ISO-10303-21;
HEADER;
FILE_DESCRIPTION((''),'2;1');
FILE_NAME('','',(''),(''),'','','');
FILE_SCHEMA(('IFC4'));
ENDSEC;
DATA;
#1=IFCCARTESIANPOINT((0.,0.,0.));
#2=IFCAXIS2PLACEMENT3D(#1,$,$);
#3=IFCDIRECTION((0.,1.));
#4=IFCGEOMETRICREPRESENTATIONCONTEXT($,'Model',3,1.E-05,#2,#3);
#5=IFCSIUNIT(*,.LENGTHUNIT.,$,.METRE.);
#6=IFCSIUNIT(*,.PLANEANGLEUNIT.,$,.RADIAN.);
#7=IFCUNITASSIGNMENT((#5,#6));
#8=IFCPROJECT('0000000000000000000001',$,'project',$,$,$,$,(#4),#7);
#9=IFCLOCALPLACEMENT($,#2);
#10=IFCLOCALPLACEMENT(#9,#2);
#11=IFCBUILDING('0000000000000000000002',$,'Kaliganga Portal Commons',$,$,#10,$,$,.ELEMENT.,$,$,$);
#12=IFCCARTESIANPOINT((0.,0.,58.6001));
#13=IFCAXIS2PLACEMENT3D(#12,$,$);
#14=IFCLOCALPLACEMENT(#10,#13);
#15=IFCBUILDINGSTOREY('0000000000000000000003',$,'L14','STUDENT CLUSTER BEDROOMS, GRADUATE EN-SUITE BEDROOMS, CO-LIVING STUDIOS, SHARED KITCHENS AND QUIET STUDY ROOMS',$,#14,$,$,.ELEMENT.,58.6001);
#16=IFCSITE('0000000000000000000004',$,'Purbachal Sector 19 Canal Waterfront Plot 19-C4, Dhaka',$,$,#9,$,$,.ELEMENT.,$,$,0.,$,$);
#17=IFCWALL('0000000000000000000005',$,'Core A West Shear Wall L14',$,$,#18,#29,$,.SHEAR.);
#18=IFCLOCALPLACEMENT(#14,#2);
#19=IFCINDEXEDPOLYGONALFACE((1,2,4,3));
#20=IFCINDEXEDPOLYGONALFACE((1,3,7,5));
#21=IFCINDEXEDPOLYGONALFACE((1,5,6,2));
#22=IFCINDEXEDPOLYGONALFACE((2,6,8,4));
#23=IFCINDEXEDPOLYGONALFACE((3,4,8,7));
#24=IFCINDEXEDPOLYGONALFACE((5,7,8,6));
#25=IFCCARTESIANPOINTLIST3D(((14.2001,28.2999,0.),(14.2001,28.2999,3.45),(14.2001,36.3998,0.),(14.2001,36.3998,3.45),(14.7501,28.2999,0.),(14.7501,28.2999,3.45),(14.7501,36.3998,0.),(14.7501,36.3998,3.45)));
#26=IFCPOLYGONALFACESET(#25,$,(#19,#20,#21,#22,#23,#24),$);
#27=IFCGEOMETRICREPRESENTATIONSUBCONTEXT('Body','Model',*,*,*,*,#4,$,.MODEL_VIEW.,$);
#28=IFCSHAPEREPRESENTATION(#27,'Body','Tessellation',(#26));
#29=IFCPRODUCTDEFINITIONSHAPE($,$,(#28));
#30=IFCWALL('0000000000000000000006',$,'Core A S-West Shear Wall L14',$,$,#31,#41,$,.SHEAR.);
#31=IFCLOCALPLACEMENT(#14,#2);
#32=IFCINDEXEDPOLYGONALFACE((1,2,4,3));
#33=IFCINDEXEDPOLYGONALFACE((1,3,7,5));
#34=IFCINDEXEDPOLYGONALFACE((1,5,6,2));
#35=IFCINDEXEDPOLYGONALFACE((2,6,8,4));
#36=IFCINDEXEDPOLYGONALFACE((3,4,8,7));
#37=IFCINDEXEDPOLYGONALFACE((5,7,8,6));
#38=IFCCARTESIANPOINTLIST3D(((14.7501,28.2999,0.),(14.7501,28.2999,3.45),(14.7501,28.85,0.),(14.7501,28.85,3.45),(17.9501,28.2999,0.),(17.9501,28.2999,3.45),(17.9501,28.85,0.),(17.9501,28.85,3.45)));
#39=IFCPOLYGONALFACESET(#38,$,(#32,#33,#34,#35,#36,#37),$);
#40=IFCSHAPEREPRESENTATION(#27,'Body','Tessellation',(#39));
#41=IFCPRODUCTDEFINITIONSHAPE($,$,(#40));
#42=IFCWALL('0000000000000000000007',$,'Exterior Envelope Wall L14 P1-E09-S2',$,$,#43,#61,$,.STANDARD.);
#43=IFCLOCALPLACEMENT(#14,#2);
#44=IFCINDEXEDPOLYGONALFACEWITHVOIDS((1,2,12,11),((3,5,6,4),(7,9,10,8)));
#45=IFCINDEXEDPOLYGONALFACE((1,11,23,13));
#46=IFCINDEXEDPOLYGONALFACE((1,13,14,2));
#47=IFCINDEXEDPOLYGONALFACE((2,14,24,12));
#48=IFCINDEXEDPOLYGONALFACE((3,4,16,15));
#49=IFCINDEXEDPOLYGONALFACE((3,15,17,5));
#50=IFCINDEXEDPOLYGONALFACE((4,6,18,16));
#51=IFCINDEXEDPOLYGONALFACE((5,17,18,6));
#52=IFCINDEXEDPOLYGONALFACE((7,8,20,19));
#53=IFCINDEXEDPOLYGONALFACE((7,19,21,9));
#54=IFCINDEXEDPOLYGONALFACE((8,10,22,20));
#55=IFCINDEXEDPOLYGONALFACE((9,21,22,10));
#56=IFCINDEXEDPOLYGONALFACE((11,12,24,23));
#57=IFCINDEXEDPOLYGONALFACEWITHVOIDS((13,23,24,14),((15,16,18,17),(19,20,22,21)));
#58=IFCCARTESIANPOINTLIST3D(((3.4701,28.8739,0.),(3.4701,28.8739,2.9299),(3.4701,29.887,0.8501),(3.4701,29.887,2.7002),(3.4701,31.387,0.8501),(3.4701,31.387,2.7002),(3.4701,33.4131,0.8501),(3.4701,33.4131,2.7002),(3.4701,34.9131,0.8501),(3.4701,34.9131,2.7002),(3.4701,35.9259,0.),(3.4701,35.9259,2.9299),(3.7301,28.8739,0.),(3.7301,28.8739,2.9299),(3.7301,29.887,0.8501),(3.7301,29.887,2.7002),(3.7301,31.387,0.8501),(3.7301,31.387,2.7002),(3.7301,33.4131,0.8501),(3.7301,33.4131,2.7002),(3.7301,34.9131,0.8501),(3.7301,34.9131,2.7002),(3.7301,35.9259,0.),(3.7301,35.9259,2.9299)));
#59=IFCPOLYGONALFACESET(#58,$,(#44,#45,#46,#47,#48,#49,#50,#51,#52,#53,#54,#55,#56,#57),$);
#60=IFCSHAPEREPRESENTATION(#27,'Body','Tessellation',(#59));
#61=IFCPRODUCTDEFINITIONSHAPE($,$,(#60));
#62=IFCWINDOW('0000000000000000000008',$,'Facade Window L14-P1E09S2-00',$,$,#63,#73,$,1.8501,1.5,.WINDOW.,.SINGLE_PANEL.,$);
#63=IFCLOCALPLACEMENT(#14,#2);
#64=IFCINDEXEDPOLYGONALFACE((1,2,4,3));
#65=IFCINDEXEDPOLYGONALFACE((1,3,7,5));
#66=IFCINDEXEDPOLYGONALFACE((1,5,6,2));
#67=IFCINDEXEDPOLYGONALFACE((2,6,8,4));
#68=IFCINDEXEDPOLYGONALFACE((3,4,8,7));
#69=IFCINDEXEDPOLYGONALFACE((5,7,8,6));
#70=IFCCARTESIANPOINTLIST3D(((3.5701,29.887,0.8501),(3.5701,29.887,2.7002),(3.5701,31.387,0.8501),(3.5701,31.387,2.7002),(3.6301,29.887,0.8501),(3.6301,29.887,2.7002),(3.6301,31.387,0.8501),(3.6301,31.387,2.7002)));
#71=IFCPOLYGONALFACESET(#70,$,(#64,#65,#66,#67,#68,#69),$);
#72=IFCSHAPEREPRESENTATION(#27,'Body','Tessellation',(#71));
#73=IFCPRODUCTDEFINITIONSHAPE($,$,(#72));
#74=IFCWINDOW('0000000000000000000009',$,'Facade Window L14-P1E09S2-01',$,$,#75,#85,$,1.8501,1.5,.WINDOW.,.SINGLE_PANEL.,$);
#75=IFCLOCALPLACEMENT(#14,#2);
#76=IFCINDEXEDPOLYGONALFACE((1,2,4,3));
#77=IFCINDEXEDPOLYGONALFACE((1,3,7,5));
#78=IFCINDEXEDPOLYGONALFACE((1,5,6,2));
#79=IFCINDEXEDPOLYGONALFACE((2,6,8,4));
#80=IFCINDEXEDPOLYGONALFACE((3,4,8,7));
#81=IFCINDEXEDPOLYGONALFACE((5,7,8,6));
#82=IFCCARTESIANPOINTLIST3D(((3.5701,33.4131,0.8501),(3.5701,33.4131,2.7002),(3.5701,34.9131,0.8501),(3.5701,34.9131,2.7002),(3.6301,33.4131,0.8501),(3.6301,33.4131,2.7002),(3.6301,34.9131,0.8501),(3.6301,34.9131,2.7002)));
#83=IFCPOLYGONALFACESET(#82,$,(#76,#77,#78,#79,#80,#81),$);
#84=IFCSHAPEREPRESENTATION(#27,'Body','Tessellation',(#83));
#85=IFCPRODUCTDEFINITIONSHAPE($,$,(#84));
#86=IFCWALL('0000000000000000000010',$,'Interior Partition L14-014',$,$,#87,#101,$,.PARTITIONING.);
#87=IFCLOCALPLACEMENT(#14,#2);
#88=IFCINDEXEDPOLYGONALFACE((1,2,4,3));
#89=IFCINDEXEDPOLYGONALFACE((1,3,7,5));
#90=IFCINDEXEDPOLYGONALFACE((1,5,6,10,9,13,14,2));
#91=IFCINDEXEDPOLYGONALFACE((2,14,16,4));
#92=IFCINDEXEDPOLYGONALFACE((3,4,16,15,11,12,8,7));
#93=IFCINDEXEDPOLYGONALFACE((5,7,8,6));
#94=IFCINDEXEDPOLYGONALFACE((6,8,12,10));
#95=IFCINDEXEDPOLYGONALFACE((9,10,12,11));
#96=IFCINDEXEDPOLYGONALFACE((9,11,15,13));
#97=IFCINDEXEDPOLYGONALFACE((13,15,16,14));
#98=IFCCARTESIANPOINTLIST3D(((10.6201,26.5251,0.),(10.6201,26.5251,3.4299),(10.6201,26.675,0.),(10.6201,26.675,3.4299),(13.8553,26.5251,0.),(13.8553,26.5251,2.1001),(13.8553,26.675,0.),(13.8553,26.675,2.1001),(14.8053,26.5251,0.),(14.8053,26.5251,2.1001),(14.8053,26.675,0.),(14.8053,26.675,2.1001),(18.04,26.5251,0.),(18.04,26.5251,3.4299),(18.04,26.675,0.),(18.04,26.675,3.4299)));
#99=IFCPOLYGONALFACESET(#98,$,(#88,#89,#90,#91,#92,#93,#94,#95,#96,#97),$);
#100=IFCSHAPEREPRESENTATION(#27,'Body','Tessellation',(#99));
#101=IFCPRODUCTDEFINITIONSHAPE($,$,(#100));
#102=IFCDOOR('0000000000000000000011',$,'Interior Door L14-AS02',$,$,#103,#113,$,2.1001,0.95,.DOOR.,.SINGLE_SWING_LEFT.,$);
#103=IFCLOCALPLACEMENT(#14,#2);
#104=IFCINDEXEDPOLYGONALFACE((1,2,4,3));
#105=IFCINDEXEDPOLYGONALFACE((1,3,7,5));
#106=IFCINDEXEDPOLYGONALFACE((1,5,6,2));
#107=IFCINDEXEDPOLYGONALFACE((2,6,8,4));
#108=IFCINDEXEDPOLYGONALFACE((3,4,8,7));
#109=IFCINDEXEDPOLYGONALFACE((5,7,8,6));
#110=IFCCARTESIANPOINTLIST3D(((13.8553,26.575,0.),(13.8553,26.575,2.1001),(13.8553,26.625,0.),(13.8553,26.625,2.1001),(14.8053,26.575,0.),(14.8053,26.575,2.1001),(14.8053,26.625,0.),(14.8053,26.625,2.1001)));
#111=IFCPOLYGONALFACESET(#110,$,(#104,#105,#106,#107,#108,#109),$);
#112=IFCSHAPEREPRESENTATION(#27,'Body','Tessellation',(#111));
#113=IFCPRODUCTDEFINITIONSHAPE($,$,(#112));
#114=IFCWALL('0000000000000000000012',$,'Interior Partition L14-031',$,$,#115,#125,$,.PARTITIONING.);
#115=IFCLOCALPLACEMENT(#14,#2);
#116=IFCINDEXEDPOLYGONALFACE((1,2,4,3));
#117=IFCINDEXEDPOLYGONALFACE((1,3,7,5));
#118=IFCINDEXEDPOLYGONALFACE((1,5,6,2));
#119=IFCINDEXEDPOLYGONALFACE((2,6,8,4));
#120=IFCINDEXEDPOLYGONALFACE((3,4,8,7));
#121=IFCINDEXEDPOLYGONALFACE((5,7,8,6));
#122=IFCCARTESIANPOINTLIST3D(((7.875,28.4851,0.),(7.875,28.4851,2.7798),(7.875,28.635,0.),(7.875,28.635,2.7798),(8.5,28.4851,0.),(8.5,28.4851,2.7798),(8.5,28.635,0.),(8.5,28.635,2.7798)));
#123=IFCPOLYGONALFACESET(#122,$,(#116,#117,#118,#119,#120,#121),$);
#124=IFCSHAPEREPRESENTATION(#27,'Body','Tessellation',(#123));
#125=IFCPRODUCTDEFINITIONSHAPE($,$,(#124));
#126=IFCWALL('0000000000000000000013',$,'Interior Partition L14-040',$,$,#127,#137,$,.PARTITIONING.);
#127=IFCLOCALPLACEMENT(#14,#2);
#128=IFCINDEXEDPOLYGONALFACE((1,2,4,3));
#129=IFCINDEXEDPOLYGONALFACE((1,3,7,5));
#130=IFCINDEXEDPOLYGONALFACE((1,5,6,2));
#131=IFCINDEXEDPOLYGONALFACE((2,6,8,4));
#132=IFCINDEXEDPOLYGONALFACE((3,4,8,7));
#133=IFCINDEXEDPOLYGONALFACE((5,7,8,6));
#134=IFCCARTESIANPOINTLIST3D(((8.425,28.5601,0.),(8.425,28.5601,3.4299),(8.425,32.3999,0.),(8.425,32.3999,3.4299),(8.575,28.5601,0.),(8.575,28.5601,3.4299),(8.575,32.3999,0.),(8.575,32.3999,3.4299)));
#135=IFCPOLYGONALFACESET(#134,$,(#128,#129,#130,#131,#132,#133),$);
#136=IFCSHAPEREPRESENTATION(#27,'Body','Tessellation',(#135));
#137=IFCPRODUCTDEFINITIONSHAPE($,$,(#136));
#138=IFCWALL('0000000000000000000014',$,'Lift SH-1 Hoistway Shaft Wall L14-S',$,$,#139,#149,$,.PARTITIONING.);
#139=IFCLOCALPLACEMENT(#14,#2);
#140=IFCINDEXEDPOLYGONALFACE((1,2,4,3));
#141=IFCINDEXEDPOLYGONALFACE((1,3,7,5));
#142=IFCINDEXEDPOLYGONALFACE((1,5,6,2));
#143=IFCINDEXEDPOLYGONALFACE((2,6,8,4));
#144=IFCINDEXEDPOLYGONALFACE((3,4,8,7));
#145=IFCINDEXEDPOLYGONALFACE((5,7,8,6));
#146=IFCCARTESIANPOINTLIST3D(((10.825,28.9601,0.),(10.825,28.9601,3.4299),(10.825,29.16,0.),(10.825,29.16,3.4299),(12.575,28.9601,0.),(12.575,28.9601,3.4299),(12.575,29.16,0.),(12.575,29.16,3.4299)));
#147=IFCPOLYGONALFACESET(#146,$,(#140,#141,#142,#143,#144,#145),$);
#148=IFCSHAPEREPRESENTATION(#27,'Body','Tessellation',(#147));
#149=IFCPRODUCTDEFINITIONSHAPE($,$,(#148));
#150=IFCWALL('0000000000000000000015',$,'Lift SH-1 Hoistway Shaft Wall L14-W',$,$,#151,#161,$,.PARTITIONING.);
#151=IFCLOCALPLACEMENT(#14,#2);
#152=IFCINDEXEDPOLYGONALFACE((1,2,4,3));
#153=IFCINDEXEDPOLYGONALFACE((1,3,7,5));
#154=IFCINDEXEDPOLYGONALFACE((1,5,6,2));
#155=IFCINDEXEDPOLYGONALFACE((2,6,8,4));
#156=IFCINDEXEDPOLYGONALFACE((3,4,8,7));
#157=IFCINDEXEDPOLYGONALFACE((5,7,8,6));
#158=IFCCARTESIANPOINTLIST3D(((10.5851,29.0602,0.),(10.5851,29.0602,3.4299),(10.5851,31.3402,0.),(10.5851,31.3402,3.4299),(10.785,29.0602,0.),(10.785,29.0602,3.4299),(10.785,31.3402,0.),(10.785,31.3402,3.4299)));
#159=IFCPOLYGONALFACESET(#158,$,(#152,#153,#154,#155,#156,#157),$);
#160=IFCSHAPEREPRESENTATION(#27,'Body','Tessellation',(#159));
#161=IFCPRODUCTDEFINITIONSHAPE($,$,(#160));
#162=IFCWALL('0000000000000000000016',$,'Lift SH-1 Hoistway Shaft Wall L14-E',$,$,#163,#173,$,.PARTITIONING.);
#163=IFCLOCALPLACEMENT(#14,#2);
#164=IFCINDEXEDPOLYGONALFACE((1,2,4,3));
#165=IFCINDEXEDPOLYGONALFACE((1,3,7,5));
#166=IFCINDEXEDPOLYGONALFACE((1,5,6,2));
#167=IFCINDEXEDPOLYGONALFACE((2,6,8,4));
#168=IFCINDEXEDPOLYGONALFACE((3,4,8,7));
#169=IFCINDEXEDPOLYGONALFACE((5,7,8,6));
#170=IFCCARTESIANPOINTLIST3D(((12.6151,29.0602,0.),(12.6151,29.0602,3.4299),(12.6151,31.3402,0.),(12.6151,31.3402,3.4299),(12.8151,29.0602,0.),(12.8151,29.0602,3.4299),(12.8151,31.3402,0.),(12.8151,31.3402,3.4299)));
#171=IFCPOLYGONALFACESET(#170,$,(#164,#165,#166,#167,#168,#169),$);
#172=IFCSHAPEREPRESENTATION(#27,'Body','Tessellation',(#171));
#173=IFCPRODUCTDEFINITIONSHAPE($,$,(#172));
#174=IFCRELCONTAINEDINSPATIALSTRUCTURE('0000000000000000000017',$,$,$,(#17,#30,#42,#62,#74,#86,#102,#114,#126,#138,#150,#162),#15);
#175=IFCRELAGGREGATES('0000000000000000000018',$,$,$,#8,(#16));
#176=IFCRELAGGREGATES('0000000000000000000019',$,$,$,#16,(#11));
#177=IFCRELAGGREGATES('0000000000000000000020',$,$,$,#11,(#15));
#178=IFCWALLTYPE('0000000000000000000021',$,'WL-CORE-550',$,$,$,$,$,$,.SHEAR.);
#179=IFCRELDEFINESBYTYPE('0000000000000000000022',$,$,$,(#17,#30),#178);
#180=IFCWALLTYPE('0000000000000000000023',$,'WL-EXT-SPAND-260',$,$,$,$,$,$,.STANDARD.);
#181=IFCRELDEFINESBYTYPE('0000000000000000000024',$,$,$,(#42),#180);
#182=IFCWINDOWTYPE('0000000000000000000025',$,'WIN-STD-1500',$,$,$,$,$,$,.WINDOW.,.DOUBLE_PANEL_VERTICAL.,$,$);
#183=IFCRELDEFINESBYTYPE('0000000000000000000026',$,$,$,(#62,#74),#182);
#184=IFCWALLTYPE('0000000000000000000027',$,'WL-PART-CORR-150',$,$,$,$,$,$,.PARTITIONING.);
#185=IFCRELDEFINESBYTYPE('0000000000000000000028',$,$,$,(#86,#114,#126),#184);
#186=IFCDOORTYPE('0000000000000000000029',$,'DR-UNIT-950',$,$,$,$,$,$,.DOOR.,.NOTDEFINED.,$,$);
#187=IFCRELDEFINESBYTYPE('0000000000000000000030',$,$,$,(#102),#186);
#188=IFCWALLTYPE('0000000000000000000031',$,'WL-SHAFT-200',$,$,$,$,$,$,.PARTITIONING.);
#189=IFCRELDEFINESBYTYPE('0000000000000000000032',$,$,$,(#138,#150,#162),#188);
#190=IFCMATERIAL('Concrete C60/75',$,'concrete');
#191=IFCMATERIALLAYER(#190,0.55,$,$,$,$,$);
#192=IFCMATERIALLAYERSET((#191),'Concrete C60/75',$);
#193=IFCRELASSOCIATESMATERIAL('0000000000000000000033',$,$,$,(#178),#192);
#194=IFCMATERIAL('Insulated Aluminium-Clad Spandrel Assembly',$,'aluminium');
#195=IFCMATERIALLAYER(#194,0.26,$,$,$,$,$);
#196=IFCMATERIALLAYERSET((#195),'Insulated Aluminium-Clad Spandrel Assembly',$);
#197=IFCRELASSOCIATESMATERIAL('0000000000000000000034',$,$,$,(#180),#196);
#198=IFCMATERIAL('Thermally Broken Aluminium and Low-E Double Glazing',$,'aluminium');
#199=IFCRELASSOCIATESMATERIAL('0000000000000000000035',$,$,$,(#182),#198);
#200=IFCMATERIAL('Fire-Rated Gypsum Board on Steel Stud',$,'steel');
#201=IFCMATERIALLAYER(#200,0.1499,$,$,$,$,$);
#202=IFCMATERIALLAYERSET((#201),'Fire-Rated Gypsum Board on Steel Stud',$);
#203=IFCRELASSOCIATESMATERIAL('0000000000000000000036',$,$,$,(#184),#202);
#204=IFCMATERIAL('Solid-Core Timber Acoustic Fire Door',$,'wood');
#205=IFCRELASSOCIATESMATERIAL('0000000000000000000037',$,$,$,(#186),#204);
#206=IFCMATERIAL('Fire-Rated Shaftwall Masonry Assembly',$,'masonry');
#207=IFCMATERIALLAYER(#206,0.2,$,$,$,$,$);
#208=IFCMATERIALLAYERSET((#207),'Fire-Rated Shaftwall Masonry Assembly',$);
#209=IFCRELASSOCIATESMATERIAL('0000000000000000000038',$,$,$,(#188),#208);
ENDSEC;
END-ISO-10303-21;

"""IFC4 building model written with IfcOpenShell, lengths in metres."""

from ifc_helpers import new_model, si_unit, direction, frame, frame_2d, origin, place, context, subcontext, project, spatial, rectangle, extrude, material, layer, layer_set, type_object, element, fill, save


model = new_model("IFC4")

# Units and contexts
model_context = context("Model", 3, precision=1e-05, world=origin(), true_north=direction((0.0, 1.0)))
body_context = subcontext(model_context, "Body", "Model", "MODEL_VIEW")
ifc_project = project(units=[si_unit("LENGTHUNIT", "METRE"), si_unit("PLANEANGLEUNIT", "RADIAN")], contexts=[model_context])

# Site, building, storey
site_placement = place(None, origin())
site = spatial("IfcSite", under=ifc_project, at=site_placement, Name="Purbachal Sector 19 Canal Waterfront Plot 19-C4, Dhaka", CompositionType="ELEMENT", RefElevation=0.0)
building_placement = place(site_placement, origin())
building = spatial("IfcBuilding", under=site, at=building_placement, Name="Kaliganga Portal Commons", CompositionType="ELEMENT")
storey_placement = place(building_placement, frame((0.0, 0.0, 58.6001)))
storey = spatial("IfcBuildingStorey", under=building, at=storey_placement, Name="L14", Description="STUDENT CLUSTER BEDROOMS, GRADUATE EN-SUITE BEDROOMS, CO-LIVING STUDIOS, SHARED KITCHENS AND QUIET STUDY ROOMS", CompositionType="ELEMENT", Elevation=58.6001)

# Shared definitions
ifc_material_1 = material(Name="Concrete C60/75", Category="concrete")

# Walls
ifc_layer_1 = layer(ifc_material_1, 0.55)
ifc_layer_set_1 = layer_set([ifc_layer_1], Name="Concrete C60/75")
wall_type_1 = type_object("IfcWallType", Name="WL-CORE-550", PredefinedType="SHEAR", material=ifc_layer_set_1)
wall_1_placement = place(storey_placement, frame((14.4751, 28.3, 0.0), z_axis=(0.0, 0.0, 1.0), x_axis=(0.0, 1.0, 0.0)))
element("IfcWall", 1, at=wall_1_placement, inside=storey, type_object=wall_type_1, Name="Core A West Shear Wall L14", PredefinedType="SHEAR", context=body_context, shape_type="SweptSolid", body=[
    extrude(rectangle(XDim=8.0999, YDim=0.55, at=frame_2d((4.0498, 0.0))), origin(), (0.0, 0.0, 1.0), 3.45),
])
wall_2_placement = place(storey_placement, frame((14.75, 28.575, 0.0), z_axis=(0.0, 0.0, 1.0), x_axis=(1.0, 0.0, 0.0)))
element("IfcWall", 2, at=wall_2_placement, inside=storey, type_object=wall_type_1, Name="Core A S-West Shear Wall L14", PredefinedType="SHEAR", context=body_context, shape_type="SweptSolid", body=[
    extrude(rectangle(XDim=3.2, YDim=0.55, at=frame_2d((1.6001, 0.0))), origin(), (0.0, 0.0, 1.0), 3.45),
])

# Wall, openings, windows
ifc_material_2 = material(Name="Insulated Aluminium-Clad Spandrel Assembly", Category="aluminium")
ifc_layer_2 = layer(ifc_material_2, 0.26)
ifc_layer_set_2 = layer_set([ifc_layer_2], Name="Insulated Aluminium-Clad Spandrel Assembly")
wall_type_2 = type_object("IfcWallType", Name="WL-EXT-SPAND-260", PredefinedType="STANDARD", material=ifc_layer_set_2)
wall_3_placement = place(storey_placement, frame((3.6001, 28.874, 0.0), z_axis=(0.0, 0.0, 1.0), x_axis=(0.0, 1.0, 0.0)))
wall_3 = element("IfcWall", 3, at=wall_3_placement, inside=storey, type_object=wall_type_2, Name="Exterior Envelope Wall L14 P1-E09-S2", PredefinedType="STANDARD", context=body_context, shape_type="SweptSolid", body=[
    extrude(rectangle(XDim=7.052, YDim=0.26, at=frame_2d((3.5259, 0.0))), origin(), (0.0, 0.0, 1.0), 2.9299),
])
opening_1_placement = place(wall_3_placement, frame((1.0129, 0.0, 0.8501)))
opening_1 = element("IfcOpeningElement", 4, at=opening_1_placement, cuts=wall_3, PredefinedType="OPENING", context=body_context, shape_type="SweptSolid", body=[
    extrude(rectangle(XDim=1.5, YDim=1.8501, at=frame_2d((0.75, 0.925))), frame((0.0, 0.1401, 0.0), z_axis=(0.0, -1.0, 0.0), x_axis=(1.0, 0.0, 0.0)), (0.0, 0.0, 1.0), 0.28),
])
opening_2_placement = place(wall_3_placement, frame((4.5391, 0.0, 0.8501)))
opening_2 = element("IfcOpeningElement", 5, at=opening_2_placement, cuts=wall_3, PredefinedType="OPENING", context=body_context, shape_type="SweptSolid", body=[
    extrude(rectangle(XDim=1.5, YDim=1.8501, at=frame_2d((0.75, 0.925))), frame((0.0, 0.1401, 0.0), z_axis=(0.0, -1.0, 0.0), x_axis=(1.0, 0.0, 0.0)), (0.0, 0.0, 1.0), 0.28),
])
ifc_material_3 = material(Name="Thermally Broken Aluminium and Low-E Double Glazing", Category="aluminium")
window_type = type_object("IfcWindowType", Name="WIN-STD-1500", PartitioningType="DOUBLE_PANEL_VERTICAL", PredefinedType="WINDOW", material=ifc_material_3)
window_1_placement = place(opening_1_placement, origin())
window_1 = element("IfcWindow", 6, at=window_1_placement, inside=storey, type_object=window_type, Name="Facade Window L14-P1E09S2-00", OverallHeight=1.8501, OverallWidth=1.5, PartitioningType="SINGLE_PANEL", PredefinedType="WINDOW", context=body_context, shape_type="SweptSolid", body=[
    extrude(rectangle(XDim=1.5, YDim=1.8501, at=frame_2d((0.75, 0.925))), frame((0.0, 0.03, 0.0), z_axis=(0.0, -1.0, 0.0), x_axis=(1.0, 0.0, 0.0)), (0.0, 0.0, 1.0), 0.0601),
])
fill(opening_1, window_1)
window_2_placement = place(opening_2_placement, origin())
window_2 = element("IfcWindow", 7, at=window_2_placement, inside=storey, type_object=window_type, Name="Facade Window L14-P1E09S2-01", OverallHeight=1.8501, OverallWidth=1.5, PartitioningType="SINGLE_PANEL", PredefinedType="WINDOW", context=body_context, shape_type="SweptSolid", body=[
    extrude(rectangle(XDim=1.5, YDim=1.8501, at=frame_2d((0.75, 0.925))), frame((0.0, 0.03, 0.0), z_axis=(0.0, -1.0, 0.0), x_axis=(1.0, 0.0, 0.0)), (0.0, 0.0, 1.0), 0.0601),
])
fill(opening_2, window_2)

# Wall, opening, door
ifc_material_4 = material(Name="Fire-Rated Gypsum Board on Steel Stud", Category="steel")
ifc_layer_3 = layer(ifc_material_4, 0.1499)
ifc_layer_set_3 = layer_set([ifc_layer_3], Name="Fire-Rated Gypsum Board on Steel Stud")
wall_type_3 = type_object("IfcWallType", Name="WL-PART-CORR-150", PredefinedType="PARTITIONING", material=ifc_layer_set_3)
wall_4_placement = place(storey_placement, frame((10.6201, 26.6001, 0.0), z_axis=(0.0, 0.0, 1.0), x_axis=(1.0, 0.0, 0.0)))
wall_4 = element("IfcWall", 8, at=wall_4_placement, inside=storey, type_object=wall_type_3, Name="Interior Partition L14-014", PredefinedType="PARTITIONING", context=body_context, shape_type="SweptSolid", body=[
    extrude(rectangle(XDim=7.4199, YDim=0.1499, at=frame_2d((3.71, 0.0))), origin(), (0.0, 0.0, 1.0), 3.4299),
])
opening_3_placement = place(wall_4_placement, frame((3.2351, 0.0, 0.0)))
opening_3 = element("IfcOpeningElement", 9, at=opening_3_placement, cuts=wall_4, PredefinedType="OPENING", context=body_context, shape_type="SweptSolid", body=[
    extrude(rectangle(XDim=0.95, YDim=2.1001, at=frame_2d((0.4751, 1.05))), frame((0.0, 0.085, 0.0), z_axis=(0.0, -1.0, 0.0), x_axis=(1.0, 0.0, 0.0)), (0.0, 0.0, 1.0), 0.1699),
])
ifc_material_5 = material(Name="Solid-Core Timber Acoustic Fire Door", Category="wood")
door_type_1 = type_object("IfcDoorType", Name="DR-UNIT-950", OperationType="NOTDEFINED", PredefinedType="DOOR", material=ifc_material_5)
door_1_placement = place(opening_3_placement, origin())
door_1 = element("IfcDoor", 10, at=door_1_placement, inside=storey, type_object=door_type_1, Name="Interior Door L14-AS02", OperationType="SINGLE_SWING_LEFT", OverallHeight=2.1001, OverallWidth=0.95, PredefinedType="DOOR", context=body_context, shape_type="SweptSolid", body=[
    extrude(rectangle(XDim=0.95, YDim=2.1001, at=frame_2d((0.4751, 1.05))), frame((0.0, 0.0249, 0.0), z_axis=(0.0, -1.0, 0.0), x_axis=(1.0, 0.0, 0.0)), (0.0, 0.0, 1.0), 0.05),
])
fill(opening_3, door_1)

# Walls
wall_5_placement = place(storey_placement, frame((7.875, 28.5601, 0.0), z_axis=(0.0, 0.0, 1.0), x_axis=(1.0, 0.0, 0.0)))
element("IfcWall", 11, at=wall_5_placement, inside=storey, type_object=wall_type_3, Name="Interior Partition L14-031", PredefinedType="PARTITIONING", context=body_context, shape_type="SweptSolid", body=[
    extrude(rectangle(XDim=0.625, YDim=0.1499, at=frame_2d((0.3125, 0.0))), origin(), (0.0, 0.0, 1.0), 2.7798),
])
wall_6_placement = place(storey_placement, frame((8.5, 28.5601, 0.0), z_axis=(0.0, 0.0, 1.0), x_axis=(0.0, 1.0, 0.0)))
element("IfcWall", 12, at=wall_6_placement, inside=storey, type_object=wall_type_3, Name="Interior Partition L14-040", PredefinedType="PARTITIONING", context=body_context, shape_type="SweptSolid", body=[
    extrude(rectangle(XDim=3.8398, YDim=0.1499, at=frame_2d((1.9199, 0.0))), origin(), (0.0, 0.0, 1.0), 3.4299),
])
ifc_material_6 = material(Name="Fire-Rated Shaftwall Masonry Assembly", Category="masonry")
ifc_layer_4 = layer(ifc_material_6, 0.2)
ifc_layer_set_4 = layer_set([ifc_layer_4], Name="Fire-Rated Shaftwall Masonry Assembly")
wall_type_4 = type_object("IfcWallType", Name="WL-SHAFT-200", PredefinedType="PARTITIONING", material=ifc_layer_set_4)
wall_7_placement = place(storey_placement, frame((10.825, 29.0601, 0.0), z_axis=(0.0, 0.0, 1.0), x_axis=(1.0, 0.0, 0.0)))
element("IfcWall", 13, at=wall_7_placement, inside=storey, type_object=wall_type_4, Name="Lift SH-1 Hoistway Shaft Wall L14-S", PredefinedType="PARTITIONING", context=body_context, shape_type="SweptSolid", body=[
    extrude(rectangle(XDim=1.75, YDim=0.2, at=frame_2d((0.875, 0.0))), origin(), (0.0, 0.0, 1.0), 3.4299),
])
for number, where, z_axis, x_axis, name in (
    (14, (10.6851, 29.0601, 0.0), (0.0, 0.0, 1.0), (0.0, 1.0, 0.0), "Lift SH-1 Hoistway Shaft Wall L14-W"),
    (15, (12.7151, 29.0601, 0.0), (0.0, 0.0, 1.0), (0.0, 1.0, 0.0), "Lift SH-1 Hoistway Shaft Wall L14-E"),
):
    element("IfcWall", number, at=place(storey_placement, frame(where, z_axis=z_axis, x_axis=x_axis)), inside=storey, type_object=wall_type_4, Name=name, PredefinedType="PARTITIONING", context=body_context, shape_type="SweptSolid", body=[
        extrude(rectangle(XDim=2.28, YDim=0.2, at=frame_2d((1.1401, 0.0))), origin(), (0.0, 0.0, 1.0), 3.4299),
    ])

save(model, "model.ifc")
